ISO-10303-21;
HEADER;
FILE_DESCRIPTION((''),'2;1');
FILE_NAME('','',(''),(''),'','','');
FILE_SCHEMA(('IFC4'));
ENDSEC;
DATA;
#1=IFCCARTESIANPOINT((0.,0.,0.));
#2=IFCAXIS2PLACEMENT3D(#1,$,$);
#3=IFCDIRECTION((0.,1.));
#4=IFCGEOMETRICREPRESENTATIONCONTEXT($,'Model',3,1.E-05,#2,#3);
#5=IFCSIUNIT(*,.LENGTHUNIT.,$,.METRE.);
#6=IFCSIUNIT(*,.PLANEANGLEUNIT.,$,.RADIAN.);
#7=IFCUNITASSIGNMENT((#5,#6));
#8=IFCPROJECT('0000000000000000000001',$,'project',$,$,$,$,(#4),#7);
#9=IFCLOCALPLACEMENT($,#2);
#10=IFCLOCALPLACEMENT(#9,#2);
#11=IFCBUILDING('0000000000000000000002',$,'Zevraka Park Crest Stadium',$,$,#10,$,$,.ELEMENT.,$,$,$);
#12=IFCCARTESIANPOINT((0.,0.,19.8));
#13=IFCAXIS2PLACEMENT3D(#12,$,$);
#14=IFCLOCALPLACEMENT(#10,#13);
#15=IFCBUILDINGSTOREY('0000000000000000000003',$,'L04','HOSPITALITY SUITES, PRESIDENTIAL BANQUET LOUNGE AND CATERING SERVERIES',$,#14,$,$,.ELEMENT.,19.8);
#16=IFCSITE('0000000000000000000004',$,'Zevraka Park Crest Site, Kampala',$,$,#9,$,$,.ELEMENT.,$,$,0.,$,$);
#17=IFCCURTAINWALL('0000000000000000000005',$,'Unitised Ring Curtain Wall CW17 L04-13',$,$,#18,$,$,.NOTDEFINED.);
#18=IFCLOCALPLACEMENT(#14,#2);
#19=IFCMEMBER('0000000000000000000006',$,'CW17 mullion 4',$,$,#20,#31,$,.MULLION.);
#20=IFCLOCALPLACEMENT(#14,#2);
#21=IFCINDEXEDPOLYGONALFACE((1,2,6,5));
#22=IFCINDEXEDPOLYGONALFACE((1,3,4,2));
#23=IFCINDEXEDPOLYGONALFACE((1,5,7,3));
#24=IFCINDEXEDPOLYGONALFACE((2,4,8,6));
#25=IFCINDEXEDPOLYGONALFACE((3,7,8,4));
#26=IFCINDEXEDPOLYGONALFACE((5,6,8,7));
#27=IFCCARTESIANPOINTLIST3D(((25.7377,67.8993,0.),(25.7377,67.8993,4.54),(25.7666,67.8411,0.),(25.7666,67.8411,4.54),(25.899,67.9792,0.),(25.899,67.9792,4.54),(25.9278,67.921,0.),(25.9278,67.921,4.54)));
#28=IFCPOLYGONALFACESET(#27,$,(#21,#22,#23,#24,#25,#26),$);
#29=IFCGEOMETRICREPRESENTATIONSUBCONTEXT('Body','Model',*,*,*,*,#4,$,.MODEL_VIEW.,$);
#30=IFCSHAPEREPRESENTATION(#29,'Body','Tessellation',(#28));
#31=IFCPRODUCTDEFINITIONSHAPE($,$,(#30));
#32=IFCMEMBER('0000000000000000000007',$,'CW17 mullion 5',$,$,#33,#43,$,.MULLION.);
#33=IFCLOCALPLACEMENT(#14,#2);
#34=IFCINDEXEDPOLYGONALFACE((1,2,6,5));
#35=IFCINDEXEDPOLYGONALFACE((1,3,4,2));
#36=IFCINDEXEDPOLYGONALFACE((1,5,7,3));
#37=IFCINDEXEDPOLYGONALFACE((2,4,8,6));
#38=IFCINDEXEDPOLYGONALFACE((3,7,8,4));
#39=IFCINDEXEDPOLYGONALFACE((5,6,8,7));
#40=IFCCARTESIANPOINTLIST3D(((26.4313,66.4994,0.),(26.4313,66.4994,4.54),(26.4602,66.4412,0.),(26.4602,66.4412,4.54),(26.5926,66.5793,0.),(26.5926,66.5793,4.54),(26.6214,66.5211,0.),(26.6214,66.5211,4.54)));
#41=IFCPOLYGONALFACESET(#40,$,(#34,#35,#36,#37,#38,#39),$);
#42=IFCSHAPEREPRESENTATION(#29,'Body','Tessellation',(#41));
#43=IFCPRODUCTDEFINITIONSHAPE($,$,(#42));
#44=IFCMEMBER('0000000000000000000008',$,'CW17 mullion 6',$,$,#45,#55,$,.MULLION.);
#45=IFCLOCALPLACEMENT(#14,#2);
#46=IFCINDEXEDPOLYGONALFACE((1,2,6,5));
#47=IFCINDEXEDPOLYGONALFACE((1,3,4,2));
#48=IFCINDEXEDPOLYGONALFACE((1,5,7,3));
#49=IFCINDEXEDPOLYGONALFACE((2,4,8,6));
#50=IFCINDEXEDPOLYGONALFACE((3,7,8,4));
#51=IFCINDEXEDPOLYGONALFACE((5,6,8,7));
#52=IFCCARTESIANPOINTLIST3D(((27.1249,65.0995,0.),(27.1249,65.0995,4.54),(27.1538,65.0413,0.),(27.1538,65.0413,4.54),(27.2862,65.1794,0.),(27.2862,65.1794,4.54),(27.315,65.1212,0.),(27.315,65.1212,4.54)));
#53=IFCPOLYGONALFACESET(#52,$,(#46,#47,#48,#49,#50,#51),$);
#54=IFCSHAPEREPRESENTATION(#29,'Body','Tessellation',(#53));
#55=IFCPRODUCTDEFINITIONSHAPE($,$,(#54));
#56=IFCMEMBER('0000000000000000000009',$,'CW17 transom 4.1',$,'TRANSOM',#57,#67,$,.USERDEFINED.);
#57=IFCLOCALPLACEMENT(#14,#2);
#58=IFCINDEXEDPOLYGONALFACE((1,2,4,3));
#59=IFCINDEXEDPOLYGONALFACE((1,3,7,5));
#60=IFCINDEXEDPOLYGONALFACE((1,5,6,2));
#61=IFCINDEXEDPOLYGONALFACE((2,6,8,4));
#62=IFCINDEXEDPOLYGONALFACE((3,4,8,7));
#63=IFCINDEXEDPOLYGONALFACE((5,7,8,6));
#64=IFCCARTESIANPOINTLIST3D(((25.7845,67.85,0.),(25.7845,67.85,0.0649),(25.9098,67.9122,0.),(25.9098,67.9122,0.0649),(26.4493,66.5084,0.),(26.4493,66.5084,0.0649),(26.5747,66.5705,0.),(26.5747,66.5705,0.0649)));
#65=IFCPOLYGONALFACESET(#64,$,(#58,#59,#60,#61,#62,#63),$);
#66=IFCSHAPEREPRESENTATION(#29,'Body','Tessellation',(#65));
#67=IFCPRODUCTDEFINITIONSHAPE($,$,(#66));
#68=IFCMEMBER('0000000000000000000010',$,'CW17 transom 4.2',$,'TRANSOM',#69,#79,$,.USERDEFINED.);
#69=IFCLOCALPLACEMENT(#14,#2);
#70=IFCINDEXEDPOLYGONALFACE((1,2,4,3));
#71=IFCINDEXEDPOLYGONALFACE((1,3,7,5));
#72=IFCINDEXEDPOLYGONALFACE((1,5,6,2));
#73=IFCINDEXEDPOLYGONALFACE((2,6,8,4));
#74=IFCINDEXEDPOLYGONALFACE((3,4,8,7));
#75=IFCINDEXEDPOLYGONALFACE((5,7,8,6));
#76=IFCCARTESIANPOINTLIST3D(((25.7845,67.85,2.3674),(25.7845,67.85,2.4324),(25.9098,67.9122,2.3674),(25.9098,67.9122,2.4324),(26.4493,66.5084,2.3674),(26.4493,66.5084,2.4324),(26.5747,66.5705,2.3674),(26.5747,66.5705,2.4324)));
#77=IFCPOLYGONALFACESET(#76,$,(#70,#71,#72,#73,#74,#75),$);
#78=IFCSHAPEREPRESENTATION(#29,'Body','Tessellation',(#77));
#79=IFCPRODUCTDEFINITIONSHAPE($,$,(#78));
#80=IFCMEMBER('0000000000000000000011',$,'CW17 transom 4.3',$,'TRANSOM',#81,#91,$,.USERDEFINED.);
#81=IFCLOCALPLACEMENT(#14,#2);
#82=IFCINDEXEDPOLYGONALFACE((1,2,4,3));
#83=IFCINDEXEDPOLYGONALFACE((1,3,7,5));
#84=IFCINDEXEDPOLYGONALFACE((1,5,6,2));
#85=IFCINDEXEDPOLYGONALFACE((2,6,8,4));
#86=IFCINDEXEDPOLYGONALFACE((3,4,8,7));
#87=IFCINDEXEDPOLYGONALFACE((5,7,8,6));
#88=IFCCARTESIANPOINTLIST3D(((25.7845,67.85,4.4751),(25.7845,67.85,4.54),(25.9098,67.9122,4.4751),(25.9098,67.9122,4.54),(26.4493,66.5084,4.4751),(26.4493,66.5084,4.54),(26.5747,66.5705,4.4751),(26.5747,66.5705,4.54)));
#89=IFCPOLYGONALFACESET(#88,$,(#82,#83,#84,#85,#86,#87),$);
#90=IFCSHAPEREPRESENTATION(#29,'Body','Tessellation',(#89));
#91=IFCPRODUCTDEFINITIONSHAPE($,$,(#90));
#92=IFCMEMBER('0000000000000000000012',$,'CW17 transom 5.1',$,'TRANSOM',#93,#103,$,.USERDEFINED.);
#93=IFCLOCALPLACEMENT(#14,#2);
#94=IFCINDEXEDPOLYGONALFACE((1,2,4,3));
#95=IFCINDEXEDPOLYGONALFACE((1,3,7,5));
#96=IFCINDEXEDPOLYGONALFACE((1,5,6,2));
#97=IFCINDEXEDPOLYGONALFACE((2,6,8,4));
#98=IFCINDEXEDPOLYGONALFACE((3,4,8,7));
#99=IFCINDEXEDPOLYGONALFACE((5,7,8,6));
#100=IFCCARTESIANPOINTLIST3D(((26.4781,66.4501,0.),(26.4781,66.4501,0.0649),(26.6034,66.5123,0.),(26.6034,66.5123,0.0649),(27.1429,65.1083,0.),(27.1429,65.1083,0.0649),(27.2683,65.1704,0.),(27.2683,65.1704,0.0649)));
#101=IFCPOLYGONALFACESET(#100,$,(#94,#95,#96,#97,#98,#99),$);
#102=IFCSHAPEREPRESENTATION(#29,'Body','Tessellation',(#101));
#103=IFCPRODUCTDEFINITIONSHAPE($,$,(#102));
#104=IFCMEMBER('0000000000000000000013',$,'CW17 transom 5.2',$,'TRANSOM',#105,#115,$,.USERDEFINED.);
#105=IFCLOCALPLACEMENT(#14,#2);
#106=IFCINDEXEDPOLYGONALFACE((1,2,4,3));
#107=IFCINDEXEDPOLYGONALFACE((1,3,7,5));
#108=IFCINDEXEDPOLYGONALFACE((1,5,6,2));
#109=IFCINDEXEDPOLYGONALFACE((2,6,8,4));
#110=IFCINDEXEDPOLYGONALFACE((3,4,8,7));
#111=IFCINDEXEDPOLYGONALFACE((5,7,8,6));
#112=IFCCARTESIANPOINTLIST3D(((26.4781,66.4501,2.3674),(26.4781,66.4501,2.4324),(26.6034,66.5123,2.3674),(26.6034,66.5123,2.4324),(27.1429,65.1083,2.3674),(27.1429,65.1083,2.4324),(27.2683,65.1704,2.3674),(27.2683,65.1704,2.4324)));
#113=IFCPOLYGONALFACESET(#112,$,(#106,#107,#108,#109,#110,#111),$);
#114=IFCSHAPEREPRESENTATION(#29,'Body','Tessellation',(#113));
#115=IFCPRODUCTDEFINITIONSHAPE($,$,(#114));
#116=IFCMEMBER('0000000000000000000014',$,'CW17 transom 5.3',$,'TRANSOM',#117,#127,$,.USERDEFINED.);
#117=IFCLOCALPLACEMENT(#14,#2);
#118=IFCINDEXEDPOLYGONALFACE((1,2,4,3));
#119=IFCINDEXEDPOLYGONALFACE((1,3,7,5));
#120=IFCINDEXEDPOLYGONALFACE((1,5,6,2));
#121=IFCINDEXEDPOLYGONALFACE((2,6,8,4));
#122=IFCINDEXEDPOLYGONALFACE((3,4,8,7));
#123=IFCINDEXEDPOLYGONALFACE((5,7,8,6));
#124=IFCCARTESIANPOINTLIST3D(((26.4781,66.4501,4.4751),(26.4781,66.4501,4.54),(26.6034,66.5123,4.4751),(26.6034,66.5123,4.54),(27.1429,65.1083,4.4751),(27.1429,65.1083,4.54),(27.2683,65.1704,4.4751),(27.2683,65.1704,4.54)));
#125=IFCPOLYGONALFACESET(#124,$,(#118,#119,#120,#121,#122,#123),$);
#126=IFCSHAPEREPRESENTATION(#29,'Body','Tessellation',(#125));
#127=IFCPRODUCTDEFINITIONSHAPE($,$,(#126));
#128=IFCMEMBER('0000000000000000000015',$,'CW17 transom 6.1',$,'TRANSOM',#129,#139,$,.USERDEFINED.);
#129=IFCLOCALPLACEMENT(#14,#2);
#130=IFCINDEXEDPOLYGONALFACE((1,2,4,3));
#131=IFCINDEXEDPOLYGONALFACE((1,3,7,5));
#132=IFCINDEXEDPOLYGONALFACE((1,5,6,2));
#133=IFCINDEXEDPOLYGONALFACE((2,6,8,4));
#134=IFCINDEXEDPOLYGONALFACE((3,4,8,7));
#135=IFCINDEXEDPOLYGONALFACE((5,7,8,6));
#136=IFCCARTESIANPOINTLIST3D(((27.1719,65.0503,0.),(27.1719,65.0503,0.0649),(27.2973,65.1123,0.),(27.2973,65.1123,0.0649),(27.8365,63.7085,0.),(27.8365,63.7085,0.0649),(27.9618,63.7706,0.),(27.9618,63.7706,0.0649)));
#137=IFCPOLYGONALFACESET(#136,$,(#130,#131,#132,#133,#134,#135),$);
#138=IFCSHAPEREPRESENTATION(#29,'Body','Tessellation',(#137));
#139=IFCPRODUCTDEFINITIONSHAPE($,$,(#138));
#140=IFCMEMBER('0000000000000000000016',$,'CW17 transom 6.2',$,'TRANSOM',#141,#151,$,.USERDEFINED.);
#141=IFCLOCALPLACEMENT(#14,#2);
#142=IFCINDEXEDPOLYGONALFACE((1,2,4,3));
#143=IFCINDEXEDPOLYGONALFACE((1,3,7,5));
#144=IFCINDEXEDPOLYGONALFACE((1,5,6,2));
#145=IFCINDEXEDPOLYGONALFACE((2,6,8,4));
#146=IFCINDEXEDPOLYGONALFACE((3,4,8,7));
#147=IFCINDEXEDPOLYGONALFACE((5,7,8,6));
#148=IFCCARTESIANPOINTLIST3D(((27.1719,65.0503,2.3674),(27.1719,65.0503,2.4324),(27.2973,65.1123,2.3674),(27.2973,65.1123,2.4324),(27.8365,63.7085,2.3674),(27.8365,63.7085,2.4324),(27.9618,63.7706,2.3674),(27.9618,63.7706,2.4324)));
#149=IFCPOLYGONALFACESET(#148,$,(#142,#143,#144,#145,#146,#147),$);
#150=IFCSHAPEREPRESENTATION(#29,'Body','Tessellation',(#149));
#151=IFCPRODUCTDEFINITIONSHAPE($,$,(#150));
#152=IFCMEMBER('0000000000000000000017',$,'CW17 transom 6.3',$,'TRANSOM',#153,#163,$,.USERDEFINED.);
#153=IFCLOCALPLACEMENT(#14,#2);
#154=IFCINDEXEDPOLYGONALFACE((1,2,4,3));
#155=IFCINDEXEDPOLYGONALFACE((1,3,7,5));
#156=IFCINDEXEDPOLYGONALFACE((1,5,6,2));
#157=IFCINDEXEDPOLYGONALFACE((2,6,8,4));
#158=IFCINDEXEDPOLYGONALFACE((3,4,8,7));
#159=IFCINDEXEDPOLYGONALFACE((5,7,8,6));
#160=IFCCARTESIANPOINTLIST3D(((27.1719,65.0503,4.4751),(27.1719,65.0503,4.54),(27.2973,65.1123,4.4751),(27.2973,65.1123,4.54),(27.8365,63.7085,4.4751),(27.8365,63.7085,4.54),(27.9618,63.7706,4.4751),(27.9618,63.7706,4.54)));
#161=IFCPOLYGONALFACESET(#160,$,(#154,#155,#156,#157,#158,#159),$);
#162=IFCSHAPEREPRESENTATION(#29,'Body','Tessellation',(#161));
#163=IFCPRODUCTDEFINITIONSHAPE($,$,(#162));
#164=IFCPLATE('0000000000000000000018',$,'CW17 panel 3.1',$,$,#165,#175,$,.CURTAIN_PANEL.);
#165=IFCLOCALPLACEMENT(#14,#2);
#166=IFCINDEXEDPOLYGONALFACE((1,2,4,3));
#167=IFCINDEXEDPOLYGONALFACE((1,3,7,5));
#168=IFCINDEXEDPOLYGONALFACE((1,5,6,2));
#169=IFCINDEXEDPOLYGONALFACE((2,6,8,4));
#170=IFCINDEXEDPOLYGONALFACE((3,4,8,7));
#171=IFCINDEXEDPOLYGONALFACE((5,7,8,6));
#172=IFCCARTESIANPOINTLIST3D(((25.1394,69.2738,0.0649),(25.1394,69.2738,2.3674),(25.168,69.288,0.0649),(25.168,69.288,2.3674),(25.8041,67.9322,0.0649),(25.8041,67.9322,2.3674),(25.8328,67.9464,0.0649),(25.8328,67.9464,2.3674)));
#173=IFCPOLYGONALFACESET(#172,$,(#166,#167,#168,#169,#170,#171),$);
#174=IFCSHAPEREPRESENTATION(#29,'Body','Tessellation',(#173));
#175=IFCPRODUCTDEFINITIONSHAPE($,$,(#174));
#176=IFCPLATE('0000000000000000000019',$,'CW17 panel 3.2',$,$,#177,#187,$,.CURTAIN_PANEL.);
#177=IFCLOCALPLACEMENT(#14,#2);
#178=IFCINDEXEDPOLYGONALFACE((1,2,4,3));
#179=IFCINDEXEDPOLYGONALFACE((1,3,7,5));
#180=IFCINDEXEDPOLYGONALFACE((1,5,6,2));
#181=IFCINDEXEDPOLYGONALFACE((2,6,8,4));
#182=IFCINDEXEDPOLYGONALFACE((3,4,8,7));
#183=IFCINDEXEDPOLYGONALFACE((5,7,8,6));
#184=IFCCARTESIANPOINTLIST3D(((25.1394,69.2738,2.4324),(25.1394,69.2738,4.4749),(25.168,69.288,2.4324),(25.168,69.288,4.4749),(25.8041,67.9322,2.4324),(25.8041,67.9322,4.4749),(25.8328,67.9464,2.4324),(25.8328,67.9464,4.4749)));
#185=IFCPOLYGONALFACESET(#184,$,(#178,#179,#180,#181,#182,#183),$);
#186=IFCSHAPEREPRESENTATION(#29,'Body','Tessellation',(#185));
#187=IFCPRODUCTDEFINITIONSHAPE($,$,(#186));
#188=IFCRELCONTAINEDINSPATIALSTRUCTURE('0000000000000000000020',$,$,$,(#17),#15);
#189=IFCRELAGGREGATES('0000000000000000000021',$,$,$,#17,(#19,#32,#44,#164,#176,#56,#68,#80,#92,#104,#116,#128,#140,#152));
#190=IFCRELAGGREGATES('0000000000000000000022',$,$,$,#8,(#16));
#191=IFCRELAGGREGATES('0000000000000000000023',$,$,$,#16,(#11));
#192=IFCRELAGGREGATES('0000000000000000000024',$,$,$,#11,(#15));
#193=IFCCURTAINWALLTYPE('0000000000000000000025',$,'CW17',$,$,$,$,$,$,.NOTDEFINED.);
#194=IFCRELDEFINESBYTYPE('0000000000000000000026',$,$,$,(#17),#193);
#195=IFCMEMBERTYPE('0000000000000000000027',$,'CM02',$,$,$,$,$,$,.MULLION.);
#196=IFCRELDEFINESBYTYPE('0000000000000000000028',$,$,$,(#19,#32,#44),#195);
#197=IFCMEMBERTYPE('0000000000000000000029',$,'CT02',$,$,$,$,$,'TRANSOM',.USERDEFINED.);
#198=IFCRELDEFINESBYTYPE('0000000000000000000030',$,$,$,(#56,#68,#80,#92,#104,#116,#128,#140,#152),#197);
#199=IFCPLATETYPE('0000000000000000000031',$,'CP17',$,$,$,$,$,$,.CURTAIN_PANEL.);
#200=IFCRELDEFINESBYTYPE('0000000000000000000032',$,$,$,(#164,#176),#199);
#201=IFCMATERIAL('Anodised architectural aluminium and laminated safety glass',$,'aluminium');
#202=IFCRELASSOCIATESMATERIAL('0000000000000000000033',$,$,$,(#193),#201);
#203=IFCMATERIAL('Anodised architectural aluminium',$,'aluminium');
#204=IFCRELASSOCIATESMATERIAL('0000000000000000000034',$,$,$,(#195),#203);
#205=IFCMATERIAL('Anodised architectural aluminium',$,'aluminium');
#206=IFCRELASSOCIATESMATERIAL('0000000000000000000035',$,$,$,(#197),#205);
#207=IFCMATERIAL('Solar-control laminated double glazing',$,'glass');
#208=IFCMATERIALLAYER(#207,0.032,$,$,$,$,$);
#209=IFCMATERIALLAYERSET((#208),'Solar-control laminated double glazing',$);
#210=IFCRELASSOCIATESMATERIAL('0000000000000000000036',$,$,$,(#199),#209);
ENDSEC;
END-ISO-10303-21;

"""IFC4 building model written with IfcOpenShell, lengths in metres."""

from ifc_helpers import new_model, si_unit, direction, frame, origin, origin_2d, place, context, subcontext, project, spatial, rectangle, extrude, material, layer, layer_set, material_profile, profile_set, type_object, element, aggregate, save


model = new_model("IFC4")

# Units and contexts
model_context = context("Model", 3, precision=1e-05, world=origin(), true_north=direction((0.0, 1.0)))
body_context = subcontext(model_context, "Body", "Model", "MODEL_VIEW")
ifc_project = project(units=[si_unit("LENGTHUNIT", "METRE"), si_unit("PLANEANGLEUNIT", "RADIAN")], contexts=[model_context])

# Site, building, storey
site_placement = place(None, origin())
site = spatial("IfcSite", under=ifc_project, at=site_placement, Name="Zevraka Park Crest Site, Kampala", CompositionType="ELEMENT", RefElevation=0.0)
building_placement = place(site_placement, origin())
building = spatial("IfcBuilding", under=site, at=building_placement, Name="Zevraka Park Crest Stadium", CompositionType="ELEMENT")
storey_placement = place(building_placement, frame((0.0, 0.0, 19.8)))
storey = spatial("IfcBuildingStorey", under=building, at=storey_placement, Name="L04", Description="HOSPITALITY SUITES, PRESIDENTIAL BANQUET LOUNGE AND CATERING SERVERIES", CompositionType="ELEMENT", Elevation=19.8)

# Curtain wall, members, plates
ifc_material_1 = material(Name="Anodised architectural aluminium and laminated safety glass", Category="aluminium")
curtain_wall_type = type_object("IfcCurtainWallType", Name="CW17", PredefinedType="NOTDEFINED", material=ifc_material_1)
curtain_wall_placement = place(storey_placement, origin())
curtain_wall = element("IfcCurtainWall", 1, at=curtain_wall_placement, inside=storey, type_object=curtain_wall_type, Name="Unitised Ring Curtain Wall CW17 L04-13", PredefinedType="NOTDEFINED")
ifc_material_2 = material(Name="Anodised architectural aluminium", Category="aluminium")
ifc_material_profile_1 = material_profile(ifc_material_2, rectangle(XDim=0.1799, YDim=0.0649, at=origin_2d()), Name="ALU MULLION 180x65")
ifc_profile_set_1 = profile_set([ifc_material_profile_1], Name="Anodised architectural aluminium")
member_type_1 = type_object("IfcMemberType", Name="CM02", PredefinedType="MULLION", material=ifc_profile_set_1)
member_1_placement = place(storey_placement, frame((25.8328, 67.9102, 0.0), z_axis=(0.0, 0.0, 1.0), x_axis=(0.896046, 0.443961, 0.0)))
member_1 = element("IfcMember", 2, at=member_1_placement, type_object=member_type_1, Name="CW17 mullion 4", PredefinedType="MULLION", context=body_context, shape_type="SweptSolid", body=[
    extrude(rectangle(XDim=0.1799, YDim=0.0649, at=origin_2d()), origin(), (0.0, 0.0, 1.0), 4.54),
])
member_2_placement = place(storey_placement, frame((26.5264, 66.5103, 0.0), z_axis=(0.0, 0.0, 1.0), x_axis=(0.896046, 0.443961, 0.0)))
member_2 = element("IfcMember", 3, at=member_2_placement, type_object=member_type_1, Name="CW17 mullion 5", PredefinedType="MULLION", context=body_context, shape_type="SweptSolid", body=[
    extrude(rectangle(XDim=0.1799, YDim=0.0649, at=origin_2d()), origin(), (0.0, 0.0, 1.0), 4.54),
])
member_3_placement = place(storey_placement, frame((27.22, 65.1104, 0.0), z_axis=(0.0, 0.0, 1.0), x_axis=(0.896046, 0.443961, 0.0)))
member_3 = element("IfcMember", 4, at=member_3_placement, type_object=member_type_1, Name="CW17 mullion 6", PredefinedType="MULLION", context=body_context, shape_type="SweptSolid", body=[
    extrude(rectangle(XDim=0.1799, YDim=0.0649, at=origin_2d()), origin(), (0.0, 0.0, 1.0), 4.54),
])
ifc_material_3 = material(Name="Anodised architectural aluminium", Category="aluminium")
ifc_material_profile_2 = material_profile(ifc_material_3, rectangle(XDim=0.1399, YDim=0.0649, at=origin_2d()), Name="ALU TRANSOM 140x65")
ifc_profile_set_2 = profile_set([ifc_material_profile_2], Name="Anodised architectural aluminium")
member_type_2 = type_object("IfcMemberType", Name="CT02", ElementType="TRANSOM", PredefinedType="USERDEFINED", material=ifc_profile_set_2)
member_4_placement = place(storey_placement, frame((25.8472, 67.8811, 0.0325), z_axis=(0.444015, -0.896019, 0.0), x_axis=(0.896019, 0.444015, 0.0)))
member_4 = element("IfcMember", 5, at=member_4_placement, type_object=member_type_2, Name="CW17 transom 4.1", ObjectType="TRANSOM", PredefinedType="USERDEFINED", context=body_context, shape_type="SweptSolid", body=[
    extrude(rectangle(XDim=0.1399, YDim=0.0649, at=origin_2d()), origin(), (0.0, 0.0, 1.0), 1.4973),
])
member_5_placement = place(storey_placement, frame((25.8472, 67.8811, 2.3999), z_axis=(0.444015, -0.896019, 0.0), x_axis=(0.896019, 0.444015, 0.0)))
member_5 = element("IfcMember", 6, at=member_5_placement, type_object=member_type_2, Name="CW17 transom 4.2", ObjectType="TRANSOM", PredefinedType="USERDEFINED", context=body_context, shape_type="SweptSolid", body=[
    extrude(rectangle(XDim=0.1399, YDim=0.0649, at=origin_2d()), origin(), (0.0, 0.0, 1.0), 1.4973),
])
member_6_placement = place(storey_placement, frame((25.8472, 67.8811, 4.5076), z_axis=(0.444015, -0.896019, 0.0), x_axis=(0.896019, 0.444015, 0.0)))
member_6 = element("IfcMember", 7, at=member_6_placement, type_object=member_type_2, Name="CW17 transom 4.3", ObjectType="TRANSOM", PredefinedType="USERDEFINED", context=body_context, shape_type="SweptSolid", body=[
    extrude(rectangle(XDim=0.1399, YDim=0.0649, at=origin_2d()), origin(), (0.0, 0.0, 1.0), 1.4973),
])
member_7_placement = place(storey_placement, frame((26.5408, 66.4812, 0.0325), z_axis=(0.44395, -0.896052, 0.0), x_axis=(0.896052, 0.44395, 0.0)))
member_7 = element("IfcMember", 8, at=member_7_placement, type_object=member_type_2, Name="CW17 transom 5.1", ObjectType="TRANSOM", PredefinedType="USERDEFINED", context=body_context, shape_type="SweptSolid", body=[
    extrude(rectangle(XDim=0.1399, YDim=0.0649, at=origin_2d()), origin(), (0.0, 0.0, 1.0), 1.4976),
])
member_8_placement = place(storey_placement, frame((26.5408, 66.4812, 2.3999), z_axis=(0.44395, -0.896052, 0.0), x_axis=(0.896052, 0.44395, 0.0)))
member_8 = element("IfcMember", 9, at=member_8_placement, type_object=member_type_2, Name="CW17 transom 5.2", ObjectType="TRANSOM", PredefinedType="USERDEFINED", context=body_context, shape_type="SweptSolid", body=[
    extrude(rectangle(XDim=0.1399, YDim=0.0649, at=origin_2d()), origin(), (0.0, 0.0, 1.0), 1.4976),
])
member_9_placement = place(storey_placement, frame((26.5408, 66.4812, 4.5076), z_axis=(0.44395, -0.896052, 0.0), x_axis=(0.896052, 0.44395, 0.0)))
member_9 = element("IfcMember", 10, at=member_9_placement, type_object=member_type_2, Name="CW17 transom 5.3", ObjectType="TRANSOM", PredefinedType="USERDEFINED", context=body_context, shape_type="SweptSolid", body=[
    extrude(rectangle(XDim=0.1399, YDim=0.0649, at=origin_2d()), origin(), (0.0, 0.0, 1.0), 1.4976),
])
member_10_placement = place(storey_placement, frame((27.2346, 65.0813, 0.0325), z_axis=(0.443819, -0.896116, 0.0), x_axis=(0.896116, 0.443819, 0.0)))
member_10 = element("IfcMember", 11, at=member_10_placement, type_object=member_type_2, Name="CW17 transom 6.1", ObjectType="TRANSOM", PredefinedType="USERDEFINED", context=body_context, shape_type="SweptSolid", body=[
    extrude(rectangle(XDim=0.1399, YDim=0.0649, at=origin_2d()), origin(), (0.0, 0.0, 1.0), 1.4973),
])
member_11_placement = place(storey_placement, frame((27.2346, 65.0813, 2.3999), z_axis=(0.443819, -0.896116, 0.0), x_axis=(0.896116, 0.443819, 0.0)))
member_11 = element("IfcMember", 12, at=member_11_placement, type_object=member_type_2, Name="CW17 transom 6.2", ObjectType="TRANSOM", PredefinedType="USERDEFINED", context=body_context, shape_type="SweptSolid", body=[
    extrude(rectangle(XDim=0.1399, YDim=0.0649, at=origin_2d()), origin(), (0.0, 0.0, 1.0), 1.4973),
])
member_12_placement = place(storey_placement, frame((27.2346, 65.0813, 4.5076), z_axis=(0.443819, -0.896116, 0.0), x_axis=(0.896116, 0.443819, 0.0)))
member_12 = element("IfcMember", 13, at=member_12_placement, type_object=member_type_2, Name="CW17 transom 6.3", ObjectType="TRANSOM", PredefinedType="USERDEFINED", context=body_context, shape_type="SweptSolid", body=[
    extrude(rectangle(XDim=0.1399, YDim=0.0649, at=origin_2d()), origin(), (0.0, 0.0, 1.0), 1.4973),
])
ifc_material_4 = material(Name="Solar-control laminated double glazing", Category="glass")
ifc_layer_1 = layer(ifc_material_4, 0.032)
ifc_layer_set_1 = layer_set([ifc_layer_1], Name="Solar-control laminated double glazing")
plate_type = type_object("IfcPlateType", Name="CP17", PredefinedType="CURTAIN_PANEL", material=ifc_layer_set_1)
plate_1_placement = place(storey_placement, frame((25.4861, 68.6101, 0.0649), z_axis=(0.0, 0.0, 1.0), x_axis=(0.443961, -0.896046, 0.0)))
plate_1 = element("IfcPlate", 14, at=plate_1_placement, type_object=plate_type, Name="CW17 panel 3.1", PredefinedType="CURTAIN_PANEL", context=body_context, shape_type="SweptSolid", body=[
    extrude(rectangle(XDim=1.4973, YDim=0.032, at=origin_2d()), origin(), (0.0, 0.0, 1.0), 2.3025),
])
plate_2_placement = place(storey_placement, frame((25.4861, 68.6101, 2.4324), z_axis=(0.0, 0.0, 1.0), x_axis=(0.443961, -0.896046, 0.0)))
plate_2 = element("IfcPlate", 15, at=plate_2_placement, type_object=plate_type, Name="CW17 panel 3.2", PredefinedType="CURTAIN_PANEL", context=body_context, shape_type="SweptSolid", body=[
    extrude(rectangle(XDim=1.4973, YDim=0.032, at=origin_2d()), origin(), (0.0, 0.0, 1.0), 2.0425),
])
aggregate(curtain_wall, [member_1, member_2, member_3, plate_1, plate_2, member_4, member_5, member_6, member_7, member_8, member_9, member_10, member_11, member_12])

save(model, "model.ifc")
